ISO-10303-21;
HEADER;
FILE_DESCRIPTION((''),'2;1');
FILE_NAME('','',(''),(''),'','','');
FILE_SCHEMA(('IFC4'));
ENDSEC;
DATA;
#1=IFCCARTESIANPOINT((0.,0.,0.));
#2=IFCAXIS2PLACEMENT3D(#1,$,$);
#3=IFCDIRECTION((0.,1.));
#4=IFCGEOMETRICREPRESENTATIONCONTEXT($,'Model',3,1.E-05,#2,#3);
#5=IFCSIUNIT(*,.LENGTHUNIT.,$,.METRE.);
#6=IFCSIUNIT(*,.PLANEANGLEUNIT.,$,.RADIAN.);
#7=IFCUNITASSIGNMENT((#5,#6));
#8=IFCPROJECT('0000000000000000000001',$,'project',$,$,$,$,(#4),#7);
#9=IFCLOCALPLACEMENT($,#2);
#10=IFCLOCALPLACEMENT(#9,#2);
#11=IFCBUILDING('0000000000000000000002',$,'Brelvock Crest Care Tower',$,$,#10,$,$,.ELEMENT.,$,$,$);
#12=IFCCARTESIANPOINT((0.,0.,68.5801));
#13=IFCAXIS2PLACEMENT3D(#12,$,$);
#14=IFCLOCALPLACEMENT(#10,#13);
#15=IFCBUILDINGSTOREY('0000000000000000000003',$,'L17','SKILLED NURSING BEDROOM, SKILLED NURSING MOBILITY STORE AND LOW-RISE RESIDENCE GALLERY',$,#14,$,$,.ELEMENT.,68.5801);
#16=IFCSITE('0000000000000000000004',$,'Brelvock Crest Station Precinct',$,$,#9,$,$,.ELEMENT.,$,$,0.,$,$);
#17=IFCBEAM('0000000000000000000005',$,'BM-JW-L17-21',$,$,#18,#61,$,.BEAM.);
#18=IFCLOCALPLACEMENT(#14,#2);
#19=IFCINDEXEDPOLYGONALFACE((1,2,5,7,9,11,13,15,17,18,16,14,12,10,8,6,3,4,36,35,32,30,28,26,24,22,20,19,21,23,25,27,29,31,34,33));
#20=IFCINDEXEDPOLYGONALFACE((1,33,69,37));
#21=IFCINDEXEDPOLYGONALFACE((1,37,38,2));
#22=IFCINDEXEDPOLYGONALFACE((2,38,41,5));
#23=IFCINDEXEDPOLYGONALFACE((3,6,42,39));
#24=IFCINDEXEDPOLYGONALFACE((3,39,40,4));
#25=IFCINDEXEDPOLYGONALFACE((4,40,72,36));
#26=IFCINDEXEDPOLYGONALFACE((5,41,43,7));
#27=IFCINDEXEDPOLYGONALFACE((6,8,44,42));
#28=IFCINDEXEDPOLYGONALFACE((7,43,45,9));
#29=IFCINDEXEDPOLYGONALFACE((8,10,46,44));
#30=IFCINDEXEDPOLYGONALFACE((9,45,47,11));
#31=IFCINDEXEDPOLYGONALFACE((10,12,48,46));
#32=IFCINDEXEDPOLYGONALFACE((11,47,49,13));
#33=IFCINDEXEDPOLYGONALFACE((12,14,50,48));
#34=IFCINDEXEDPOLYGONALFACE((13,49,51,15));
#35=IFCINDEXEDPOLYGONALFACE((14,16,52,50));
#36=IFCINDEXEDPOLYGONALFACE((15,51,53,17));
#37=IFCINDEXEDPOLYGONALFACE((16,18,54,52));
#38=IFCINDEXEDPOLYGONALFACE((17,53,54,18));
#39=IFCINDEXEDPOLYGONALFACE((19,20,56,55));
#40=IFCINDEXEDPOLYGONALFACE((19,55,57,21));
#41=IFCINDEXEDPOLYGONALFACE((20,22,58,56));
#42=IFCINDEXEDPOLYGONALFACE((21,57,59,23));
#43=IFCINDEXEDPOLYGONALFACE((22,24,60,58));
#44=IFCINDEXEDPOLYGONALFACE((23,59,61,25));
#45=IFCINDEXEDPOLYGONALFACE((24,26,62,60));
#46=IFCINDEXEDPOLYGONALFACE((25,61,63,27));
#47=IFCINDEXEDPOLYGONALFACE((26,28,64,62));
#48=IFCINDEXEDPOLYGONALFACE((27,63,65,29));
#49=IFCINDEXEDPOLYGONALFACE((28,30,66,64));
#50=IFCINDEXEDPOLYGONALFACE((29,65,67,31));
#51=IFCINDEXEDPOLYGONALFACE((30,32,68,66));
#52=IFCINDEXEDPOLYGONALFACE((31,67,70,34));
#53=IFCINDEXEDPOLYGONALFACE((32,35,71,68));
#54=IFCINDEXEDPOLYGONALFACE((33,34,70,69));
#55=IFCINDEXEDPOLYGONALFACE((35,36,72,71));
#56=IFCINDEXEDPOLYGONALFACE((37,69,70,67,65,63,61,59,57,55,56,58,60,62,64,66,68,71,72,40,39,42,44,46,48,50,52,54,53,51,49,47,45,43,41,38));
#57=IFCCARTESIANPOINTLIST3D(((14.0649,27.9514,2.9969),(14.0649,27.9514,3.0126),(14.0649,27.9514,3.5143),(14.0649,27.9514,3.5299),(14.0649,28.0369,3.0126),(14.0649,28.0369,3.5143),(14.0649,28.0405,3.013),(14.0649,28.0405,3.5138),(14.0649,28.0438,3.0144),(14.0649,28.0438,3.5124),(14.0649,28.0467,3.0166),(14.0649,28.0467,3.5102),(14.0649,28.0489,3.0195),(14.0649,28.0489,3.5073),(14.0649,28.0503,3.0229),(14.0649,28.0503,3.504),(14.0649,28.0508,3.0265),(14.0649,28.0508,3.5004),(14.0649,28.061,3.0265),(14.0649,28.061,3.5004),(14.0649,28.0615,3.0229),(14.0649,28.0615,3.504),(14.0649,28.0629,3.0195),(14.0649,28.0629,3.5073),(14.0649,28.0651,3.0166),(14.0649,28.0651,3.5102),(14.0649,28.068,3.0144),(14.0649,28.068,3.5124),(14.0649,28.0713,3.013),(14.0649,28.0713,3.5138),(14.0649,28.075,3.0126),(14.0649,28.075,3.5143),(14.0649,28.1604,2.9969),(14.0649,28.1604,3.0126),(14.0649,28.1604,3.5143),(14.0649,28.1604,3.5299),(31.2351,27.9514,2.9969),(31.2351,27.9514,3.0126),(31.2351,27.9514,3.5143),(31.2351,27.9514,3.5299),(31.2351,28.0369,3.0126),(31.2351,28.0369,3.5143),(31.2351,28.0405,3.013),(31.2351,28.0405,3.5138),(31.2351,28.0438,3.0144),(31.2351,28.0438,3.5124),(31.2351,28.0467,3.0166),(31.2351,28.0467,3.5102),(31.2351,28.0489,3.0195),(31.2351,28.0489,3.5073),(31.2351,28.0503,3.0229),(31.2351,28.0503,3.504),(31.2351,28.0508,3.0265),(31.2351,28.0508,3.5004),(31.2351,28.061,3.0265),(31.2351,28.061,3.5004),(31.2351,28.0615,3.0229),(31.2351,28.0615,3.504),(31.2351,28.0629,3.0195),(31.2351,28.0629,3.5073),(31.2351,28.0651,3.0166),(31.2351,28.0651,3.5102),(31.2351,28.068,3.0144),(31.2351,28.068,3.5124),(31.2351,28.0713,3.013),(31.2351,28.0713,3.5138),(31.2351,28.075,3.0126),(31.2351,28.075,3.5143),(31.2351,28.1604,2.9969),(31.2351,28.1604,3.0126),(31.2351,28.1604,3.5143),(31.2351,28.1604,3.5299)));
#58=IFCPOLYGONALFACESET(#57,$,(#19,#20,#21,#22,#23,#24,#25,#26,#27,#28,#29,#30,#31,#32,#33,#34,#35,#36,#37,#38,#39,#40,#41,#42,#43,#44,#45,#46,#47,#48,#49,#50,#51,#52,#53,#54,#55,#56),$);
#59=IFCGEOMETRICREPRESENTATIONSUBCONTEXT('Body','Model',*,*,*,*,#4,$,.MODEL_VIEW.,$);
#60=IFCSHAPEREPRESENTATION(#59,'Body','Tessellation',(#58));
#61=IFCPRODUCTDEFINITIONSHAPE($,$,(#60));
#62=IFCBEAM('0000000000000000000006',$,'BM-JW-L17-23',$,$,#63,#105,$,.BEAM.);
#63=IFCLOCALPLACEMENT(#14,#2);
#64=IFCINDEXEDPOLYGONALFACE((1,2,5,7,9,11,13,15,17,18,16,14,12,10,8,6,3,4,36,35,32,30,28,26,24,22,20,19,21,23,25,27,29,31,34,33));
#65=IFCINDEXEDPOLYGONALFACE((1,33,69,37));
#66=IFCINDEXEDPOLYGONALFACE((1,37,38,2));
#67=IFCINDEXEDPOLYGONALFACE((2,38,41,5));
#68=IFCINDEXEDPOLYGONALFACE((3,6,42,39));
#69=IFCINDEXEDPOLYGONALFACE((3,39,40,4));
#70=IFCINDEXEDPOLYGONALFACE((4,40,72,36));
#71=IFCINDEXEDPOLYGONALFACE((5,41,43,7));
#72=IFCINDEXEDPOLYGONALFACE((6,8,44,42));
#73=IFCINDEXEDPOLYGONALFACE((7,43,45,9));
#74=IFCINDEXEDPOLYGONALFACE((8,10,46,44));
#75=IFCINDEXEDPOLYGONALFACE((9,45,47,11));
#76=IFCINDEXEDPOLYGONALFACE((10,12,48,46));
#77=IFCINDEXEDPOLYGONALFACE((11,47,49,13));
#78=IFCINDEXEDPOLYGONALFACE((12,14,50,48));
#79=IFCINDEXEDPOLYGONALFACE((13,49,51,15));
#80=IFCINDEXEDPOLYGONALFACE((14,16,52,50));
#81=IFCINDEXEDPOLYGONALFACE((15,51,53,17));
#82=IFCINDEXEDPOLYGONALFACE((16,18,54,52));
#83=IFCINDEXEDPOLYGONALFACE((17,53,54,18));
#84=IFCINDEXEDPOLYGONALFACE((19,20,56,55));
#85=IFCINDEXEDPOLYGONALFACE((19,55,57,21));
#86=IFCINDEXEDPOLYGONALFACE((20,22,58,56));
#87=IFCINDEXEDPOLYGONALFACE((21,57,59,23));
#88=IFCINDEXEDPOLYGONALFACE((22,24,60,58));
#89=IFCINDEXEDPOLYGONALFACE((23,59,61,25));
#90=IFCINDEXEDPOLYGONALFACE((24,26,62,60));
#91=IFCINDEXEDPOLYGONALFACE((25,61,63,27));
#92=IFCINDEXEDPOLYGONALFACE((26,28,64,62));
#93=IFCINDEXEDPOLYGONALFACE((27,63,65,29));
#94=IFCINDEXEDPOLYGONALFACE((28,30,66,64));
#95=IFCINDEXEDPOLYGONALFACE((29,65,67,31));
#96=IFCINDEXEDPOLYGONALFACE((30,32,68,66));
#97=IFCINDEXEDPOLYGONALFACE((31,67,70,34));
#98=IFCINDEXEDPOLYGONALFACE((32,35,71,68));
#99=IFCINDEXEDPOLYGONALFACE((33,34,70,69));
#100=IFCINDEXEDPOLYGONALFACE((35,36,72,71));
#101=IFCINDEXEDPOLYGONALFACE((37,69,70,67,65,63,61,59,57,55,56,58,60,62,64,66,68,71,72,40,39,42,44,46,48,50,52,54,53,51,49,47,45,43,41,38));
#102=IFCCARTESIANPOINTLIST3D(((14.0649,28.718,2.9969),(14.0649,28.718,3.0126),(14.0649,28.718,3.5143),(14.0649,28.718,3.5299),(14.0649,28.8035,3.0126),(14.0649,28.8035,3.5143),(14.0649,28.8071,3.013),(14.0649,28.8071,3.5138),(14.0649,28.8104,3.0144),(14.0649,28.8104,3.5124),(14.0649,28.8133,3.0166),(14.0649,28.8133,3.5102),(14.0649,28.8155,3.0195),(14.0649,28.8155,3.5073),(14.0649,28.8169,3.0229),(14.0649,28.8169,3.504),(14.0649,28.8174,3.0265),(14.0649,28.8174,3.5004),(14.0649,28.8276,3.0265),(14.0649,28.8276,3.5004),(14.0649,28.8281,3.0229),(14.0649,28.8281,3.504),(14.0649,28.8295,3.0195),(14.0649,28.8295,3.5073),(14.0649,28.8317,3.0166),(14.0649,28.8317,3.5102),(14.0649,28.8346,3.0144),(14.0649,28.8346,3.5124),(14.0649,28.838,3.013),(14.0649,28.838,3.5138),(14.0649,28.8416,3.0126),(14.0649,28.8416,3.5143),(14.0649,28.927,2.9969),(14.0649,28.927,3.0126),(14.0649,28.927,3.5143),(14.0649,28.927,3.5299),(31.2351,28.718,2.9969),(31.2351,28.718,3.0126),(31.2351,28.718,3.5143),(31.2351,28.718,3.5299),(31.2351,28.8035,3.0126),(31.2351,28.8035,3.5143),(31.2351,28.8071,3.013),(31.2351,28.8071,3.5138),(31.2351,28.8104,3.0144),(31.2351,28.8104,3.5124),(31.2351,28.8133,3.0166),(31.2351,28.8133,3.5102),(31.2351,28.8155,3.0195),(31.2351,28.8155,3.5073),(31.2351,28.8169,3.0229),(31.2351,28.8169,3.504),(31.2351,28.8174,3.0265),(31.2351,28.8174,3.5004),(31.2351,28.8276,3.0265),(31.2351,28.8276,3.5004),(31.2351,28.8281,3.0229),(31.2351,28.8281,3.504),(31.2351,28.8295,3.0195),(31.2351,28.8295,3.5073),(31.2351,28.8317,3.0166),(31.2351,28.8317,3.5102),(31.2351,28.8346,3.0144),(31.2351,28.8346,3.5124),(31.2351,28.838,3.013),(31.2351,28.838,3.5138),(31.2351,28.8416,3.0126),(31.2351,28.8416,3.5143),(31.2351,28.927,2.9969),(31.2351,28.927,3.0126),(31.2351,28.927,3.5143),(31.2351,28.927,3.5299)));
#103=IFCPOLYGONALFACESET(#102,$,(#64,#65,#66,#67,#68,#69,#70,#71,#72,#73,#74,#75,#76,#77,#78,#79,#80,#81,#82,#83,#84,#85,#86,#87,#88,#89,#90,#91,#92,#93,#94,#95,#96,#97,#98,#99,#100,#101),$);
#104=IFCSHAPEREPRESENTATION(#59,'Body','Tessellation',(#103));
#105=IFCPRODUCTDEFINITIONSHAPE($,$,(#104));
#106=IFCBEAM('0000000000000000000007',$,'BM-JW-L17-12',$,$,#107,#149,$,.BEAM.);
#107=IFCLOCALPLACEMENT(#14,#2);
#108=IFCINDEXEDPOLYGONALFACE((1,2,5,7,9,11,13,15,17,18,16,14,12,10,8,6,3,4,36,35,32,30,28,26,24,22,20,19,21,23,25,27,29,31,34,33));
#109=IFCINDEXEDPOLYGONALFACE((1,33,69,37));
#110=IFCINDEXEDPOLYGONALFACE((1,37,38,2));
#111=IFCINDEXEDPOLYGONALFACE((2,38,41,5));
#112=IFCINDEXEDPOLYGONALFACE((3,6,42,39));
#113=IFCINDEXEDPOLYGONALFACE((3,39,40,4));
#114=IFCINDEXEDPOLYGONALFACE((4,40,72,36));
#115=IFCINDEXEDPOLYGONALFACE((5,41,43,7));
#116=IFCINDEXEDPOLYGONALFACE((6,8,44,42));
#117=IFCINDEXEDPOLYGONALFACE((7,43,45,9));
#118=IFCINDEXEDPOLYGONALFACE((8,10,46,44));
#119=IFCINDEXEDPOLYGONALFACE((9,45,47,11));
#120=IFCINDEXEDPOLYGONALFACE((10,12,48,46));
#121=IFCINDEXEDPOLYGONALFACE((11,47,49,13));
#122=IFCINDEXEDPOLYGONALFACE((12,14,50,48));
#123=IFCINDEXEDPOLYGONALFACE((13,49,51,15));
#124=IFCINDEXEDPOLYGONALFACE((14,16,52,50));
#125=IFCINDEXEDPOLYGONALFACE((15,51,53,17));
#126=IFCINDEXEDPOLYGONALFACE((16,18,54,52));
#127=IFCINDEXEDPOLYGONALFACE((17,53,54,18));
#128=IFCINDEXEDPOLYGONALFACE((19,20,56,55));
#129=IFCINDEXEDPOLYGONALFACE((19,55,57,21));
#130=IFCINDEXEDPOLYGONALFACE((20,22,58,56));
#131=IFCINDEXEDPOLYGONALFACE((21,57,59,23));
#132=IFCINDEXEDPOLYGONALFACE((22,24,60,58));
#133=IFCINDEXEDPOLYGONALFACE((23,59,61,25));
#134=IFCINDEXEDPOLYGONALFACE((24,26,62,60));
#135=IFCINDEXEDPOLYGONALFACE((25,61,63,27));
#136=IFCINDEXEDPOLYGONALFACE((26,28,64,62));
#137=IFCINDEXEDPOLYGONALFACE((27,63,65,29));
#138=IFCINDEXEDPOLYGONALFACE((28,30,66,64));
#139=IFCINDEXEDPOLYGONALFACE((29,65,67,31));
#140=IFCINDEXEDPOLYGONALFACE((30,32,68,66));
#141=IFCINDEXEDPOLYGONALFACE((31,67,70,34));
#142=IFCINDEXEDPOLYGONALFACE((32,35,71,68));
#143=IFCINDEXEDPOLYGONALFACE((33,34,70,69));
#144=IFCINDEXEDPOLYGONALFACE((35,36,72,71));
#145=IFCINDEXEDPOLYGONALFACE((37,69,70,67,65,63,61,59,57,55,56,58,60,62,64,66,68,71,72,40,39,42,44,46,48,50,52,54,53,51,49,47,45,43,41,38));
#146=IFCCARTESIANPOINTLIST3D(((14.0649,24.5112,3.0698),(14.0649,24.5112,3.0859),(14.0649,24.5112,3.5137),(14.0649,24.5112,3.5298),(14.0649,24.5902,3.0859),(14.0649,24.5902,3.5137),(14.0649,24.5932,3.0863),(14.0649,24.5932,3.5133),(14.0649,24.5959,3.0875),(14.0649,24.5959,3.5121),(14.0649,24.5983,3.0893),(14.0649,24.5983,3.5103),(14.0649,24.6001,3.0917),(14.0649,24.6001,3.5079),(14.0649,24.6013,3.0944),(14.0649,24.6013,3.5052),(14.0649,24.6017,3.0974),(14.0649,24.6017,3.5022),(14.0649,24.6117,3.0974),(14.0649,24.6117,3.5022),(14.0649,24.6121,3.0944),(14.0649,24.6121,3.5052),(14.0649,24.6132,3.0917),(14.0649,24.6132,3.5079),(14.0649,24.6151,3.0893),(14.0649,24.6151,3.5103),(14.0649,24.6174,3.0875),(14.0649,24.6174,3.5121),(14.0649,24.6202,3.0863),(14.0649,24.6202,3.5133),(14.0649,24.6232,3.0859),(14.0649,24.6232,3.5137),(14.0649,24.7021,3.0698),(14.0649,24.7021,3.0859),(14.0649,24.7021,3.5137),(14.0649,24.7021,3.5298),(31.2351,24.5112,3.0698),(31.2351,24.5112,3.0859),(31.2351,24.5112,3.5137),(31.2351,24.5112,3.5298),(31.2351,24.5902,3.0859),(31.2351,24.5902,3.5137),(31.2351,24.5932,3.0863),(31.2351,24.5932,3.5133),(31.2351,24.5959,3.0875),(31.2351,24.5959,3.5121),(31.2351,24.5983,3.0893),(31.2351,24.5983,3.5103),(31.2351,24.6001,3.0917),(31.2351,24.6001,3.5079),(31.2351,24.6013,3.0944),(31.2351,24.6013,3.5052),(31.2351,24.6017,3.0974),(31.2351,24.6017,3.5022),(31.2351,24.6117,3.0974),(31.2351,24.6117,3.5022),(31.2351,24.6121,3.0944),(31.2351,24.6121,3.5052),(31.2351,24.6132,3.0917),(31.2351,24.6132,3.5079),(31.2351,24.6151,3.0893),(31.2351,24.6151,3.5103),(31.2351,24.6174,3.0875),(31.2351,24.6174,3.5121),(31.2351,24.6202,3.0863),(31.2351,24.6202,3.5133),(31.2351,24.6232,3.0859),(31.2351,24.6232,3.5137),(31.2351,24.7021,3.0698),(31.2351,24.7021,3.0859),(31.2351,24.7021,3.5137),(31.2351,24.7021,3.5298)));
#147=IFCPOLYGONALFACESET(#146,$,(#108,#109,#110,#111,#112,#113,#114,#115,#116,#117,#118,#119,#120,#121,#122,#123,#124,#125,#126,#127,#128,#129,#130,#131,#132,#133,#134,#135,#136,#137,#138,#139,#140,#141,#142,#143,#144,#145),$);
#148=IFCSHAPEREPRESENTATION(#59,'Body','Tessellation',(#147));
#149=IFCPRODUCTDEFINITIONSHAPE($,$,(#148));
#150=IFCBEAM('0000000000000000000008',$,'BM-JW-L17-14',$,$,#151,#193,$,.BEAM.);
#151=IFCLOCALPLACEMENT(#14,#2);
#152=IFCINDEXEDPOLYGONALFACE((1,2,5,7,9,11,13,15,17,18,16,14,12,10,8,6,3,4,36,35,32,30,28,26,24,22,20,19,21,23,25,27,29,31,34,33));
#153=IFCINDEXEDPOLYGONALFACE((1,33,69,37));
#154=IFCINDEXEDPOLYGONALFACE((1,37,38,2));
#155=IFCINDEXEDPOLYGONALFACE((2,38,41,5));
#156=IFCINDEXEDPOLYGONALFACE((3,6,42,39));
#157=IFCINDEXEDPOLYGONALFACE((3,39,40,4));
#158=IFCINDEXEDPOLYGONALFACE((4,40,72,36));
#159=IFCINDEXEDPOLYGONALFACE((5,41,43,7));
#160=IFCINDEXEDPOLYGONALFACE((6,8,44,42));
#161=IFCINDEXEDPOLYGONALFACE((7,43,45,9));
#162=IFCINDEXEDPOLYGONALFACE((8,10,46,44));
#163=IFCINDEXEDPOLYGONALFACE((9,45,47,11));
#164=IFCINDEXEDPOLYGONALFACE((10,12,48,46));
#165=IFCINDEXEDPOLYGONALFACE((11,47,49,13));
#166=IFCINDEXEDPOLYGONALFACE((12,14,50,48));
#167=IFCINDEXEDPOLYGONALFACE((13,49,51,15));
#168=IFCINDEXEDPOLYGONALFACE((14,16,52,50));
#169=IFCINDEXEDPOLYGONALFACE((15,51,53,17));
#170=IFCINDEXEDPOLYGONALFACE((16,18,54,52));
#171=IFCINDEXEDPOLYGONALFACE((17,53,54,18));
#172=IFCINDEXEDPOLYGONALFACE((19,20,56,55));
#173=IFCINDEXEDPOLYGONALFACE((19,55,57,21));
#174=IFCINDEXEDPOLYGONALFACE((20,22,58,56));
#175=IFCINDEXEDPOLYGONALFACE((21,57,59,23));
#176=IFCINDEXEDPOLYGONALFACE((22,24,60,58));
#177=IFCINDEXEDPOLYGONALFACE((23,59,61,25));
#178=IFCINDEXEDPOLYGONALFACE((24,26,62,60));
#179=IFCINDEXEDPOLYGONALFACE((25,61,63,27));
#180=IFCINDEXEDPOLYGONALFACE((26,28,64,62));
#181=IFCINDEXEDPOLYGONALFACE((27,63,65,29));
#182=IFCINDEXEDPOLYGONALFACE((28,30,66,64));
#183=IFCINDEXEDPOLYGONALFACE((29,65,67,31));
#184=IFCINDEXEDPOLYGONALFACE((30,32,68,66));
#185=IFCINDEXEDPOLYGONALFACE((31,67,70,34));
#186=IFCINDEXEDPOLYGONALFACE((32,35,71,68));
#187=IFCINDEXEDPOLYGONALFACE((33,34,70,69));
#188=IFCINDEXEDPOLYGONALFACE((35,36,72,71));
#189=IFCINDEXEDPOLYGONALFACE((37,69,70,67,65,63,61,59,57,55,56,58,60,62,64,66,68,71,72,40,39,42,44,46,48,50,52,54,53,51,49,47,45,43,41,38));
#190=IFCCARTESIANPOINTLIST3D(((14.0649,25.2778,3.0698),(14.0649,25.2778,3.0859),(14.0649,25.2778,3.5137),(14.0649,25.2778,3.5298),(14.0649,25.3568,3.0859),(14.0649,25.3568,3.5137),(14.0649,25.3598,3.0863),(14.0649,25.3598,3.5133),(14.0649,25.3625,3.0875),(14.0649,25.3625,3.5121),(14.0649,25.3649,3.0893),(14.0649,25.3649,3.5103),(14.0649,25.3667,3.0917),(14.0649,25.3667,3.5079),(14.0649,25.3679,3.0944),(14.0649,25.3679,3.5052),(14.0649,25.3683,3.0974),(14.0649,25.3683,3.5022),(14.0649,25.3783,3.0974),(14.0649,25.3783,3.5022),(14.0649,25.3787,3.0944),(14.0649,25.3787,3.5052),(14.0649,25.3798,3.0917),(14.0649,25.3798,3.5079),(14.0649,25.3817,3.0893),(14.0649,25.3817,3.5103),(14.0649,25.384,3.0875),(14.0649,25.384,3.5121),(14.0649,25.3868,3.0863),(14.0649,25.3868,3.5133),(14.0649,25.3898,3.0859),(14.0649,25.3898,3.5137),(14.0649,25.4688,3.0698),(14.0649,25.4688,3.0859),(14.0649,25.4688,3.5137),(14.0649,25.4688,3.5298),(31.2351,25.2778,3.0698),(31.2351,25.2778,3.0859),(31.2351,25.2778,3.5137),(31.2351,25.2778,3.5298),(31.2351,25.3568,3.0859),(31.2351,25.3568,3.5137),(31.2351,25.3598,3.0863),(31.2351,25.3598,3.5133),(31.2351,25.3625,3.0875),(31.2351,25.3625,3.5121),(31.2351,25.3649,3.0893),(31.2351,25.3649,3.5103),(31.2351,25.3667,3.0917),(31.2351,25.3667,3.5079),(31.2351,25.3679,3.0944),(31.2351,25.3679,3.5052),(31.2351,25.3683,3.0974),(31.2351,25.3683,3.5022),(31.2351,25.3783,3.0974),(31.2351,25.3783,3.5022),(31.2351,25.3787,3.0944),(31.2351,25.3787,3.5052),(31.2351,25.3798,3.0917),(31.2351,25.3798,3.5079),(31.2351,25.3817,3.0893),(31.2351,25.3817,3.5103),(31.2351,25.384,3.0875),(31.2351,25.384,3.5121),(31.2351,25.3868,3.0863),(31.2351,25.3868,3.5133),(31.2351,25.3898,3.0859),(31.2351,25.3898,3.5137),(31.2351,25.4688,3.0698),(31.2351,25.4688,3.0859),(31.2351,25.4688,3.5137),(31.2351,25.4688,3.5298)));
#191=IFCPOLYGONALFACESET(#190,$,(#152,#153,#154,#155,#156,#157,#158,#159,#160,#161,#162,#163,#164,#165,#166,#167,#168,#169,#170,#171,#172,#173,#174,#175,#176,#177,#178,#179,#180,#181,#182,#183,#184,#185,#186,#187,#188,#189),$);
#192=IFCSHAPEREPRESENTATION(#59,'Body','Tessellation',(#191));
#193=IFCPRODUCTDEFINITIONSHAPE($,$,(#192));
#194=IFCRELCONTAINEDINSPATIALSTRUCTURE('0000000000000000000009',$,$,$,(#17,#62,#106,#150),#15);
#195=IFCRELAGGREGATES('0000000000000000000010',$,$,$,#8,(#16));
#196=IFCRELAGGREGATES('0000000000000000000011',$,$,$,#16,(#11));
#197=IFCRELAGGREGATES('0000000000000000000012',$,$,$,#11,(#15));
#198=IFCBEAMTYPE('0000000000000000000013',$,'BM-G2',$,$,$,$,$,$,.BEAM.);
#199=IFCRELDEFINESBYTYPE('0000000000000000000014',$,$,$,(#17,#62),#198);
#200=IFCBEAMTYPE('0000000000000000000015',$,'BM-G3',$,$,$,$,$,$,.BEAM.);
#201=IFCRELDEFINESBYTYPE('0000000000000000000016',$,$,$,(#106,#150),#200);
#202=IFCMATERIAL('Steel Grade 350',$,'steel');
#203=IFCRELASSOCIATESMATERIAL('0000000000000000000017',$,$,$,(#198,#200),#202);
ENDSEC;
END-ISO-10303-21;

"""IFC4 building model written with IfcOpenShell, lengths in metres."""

from ifc_helpers import new_model, si_unit, direction, frame, origin, origin_2d, place, context, subcontext, project, spatial, i_section, extrude, source, transform, mapped, material, material_profile, profile_set, type_object, element, save


model = new_model("IFC4")

# Units and contexts
model_context = context("Model", 3, precision=1e-05, world=origin(), true_north=direction((0.0, 1.0)))
body_context = subcontext(model_context, "Body", "Model", "MODEL_VIEW")
ifc_project = project(units=[si_unit("LENGTHUNIT", "METRE"), si_unit("PLANEANGLEUNIT", "RADIAN")], contexts=[model_context])

# Site, building, storey
site_placement = place(None, origin())
site = spatial("IfcSite", under=ifc_project, at=site_placement, Name="Brelvock Crest Station Precinct", CompositionType="ELEMENT", RefElevation=0.0)
building_placement = place(site_placement, origin())
building = spatial("IfcBuilding", under=site, at=building_placement, Name="Brelvock Crest Care Tower", CompositionType="ELEMENT")
storey_placement = place(building_placement, frame((0.0, 0.0, 68.5801)))
storey = spatial("IfcBuildingStorey", under=building, at=storey_placement, Name="L17", Description="SKILLED NURSING BEDROOM, SKILLED NURSING MOBILITY STORE AND LOW-RISE RESIDENCE GALLERY", CompositionType="ELEMENT", Elevation=68.5801)

# Beams
ifc_material_1 = material(Name="Steel Grade 350", Category="steel")
ifc_material_profile_1 = material_profile(ifc_material_1, i_section(OverallWidth=0.209, OverallDepth=0.533, WebThickness=0.0103, FlangeThickness=0.0156, FilletRadius=0.0139, at=origin_2d()), Name="530UB92.4")
ifc_profile_set_1 = profile_set([ifc_material_profile_1], Name="Steel Grade 350")
beam_type_1 = type_object("IfcBeamType", Name="BM-G2", PredefinedType="BEAM", material=ifc_profile_set_1)
shared_shape_1 = source(origin(), body_context, "Body", "SweptSolid", [
    extrude(i_section(OverallWidth=0.209, OverallDepth=0.533, WebThickness=0.0103, FlangeThickness=0.0156, FilletRadius=0.0139, at=origin_2d()), origin(), (0.0, 0.0, 1.0), 17.1702),
])
for number, where, z_axis, x_axis, name in (
    (1, (14.0649, 28.0559, 3.2634), (1.0, 0.0, 0.0), (0.0, 1.0, 0.0), "BM-JW-L17-21"),
    (2, (14.0649, 28.8225, 3.2634), (1.0, 0.0, 0.0), (0.0, 1.0, 0.0), "BM-JW-L17-23"),
):
    element("IfcBeam", number, at=place(storey_placement, frame(where, z_axis=z_axis, x_axis=x_axis)), inside=storey, type_object=beam_type_1, Name=name, PredefinedType="BEAM", context=body_context, shape_type="MappedRepresentation", body=[
        mapped(shared_shape_1, transform((0.0, 0.0, 0.0), x_axis=(1.0, 0.0, 0.0), y_axis=(0.0, 1.0, 0.0), z_axis=(0.0, 0.0, 1.0), scale=1.0)),
    ])
ifc_material_profile_2 = material_profile(ifc_material_1, i_section(OverallWidth=0.1909, OverallDepth=0.46, WebThickness=0.01, FlangeThickness=0.0161, FilletRadius=0.0115, at=origin_2d()), Name="460UB82.1")
ifc_profile_set_2 = profile_set([ifc_material_profile_2], Name="Steel Grade 350")
beam_type_2 = type_object("IfcBeamType", Name="BM-G3", PredefinedType="BEAM", material=ifc_profile_set_2)
shared_shape_2 = source(origin(), body_context, "Body", "SweptSolid", [
    extrude(i_section(OverallWidth=0.1909, OverallDepth=0.46, WebThickness=0.01, FlangeThickness=0.0161, FilletRadius=0.0115, at=origin_2d()), origin(), (0.0, 0.0, 1.0), 17.1702),
])
for number, where, z_axis, x_axis, name in (
    (3, (14.0649, 24.6067, 3.2998), (1.0, 0.0, 0.0), (0.0, 1.0, 0.0), "BM-JW-L17-12"),
    (4, (14.0649, 25.3733, 3.2998), (1.0, 0.0, 0.0), (0.0, 1.0, 0.0), "BM-JW-L17-14"),
):
    element("IfcBeam", number, at=place(storey_placement, frame(where, z_axis=z_axis, x_axis=x_axis)), inside=storey, type_object=beam_type_2, Name=name, PredefinedType="BEAM", context=body_context, shape_type="MappedRepresentation", body=[
        mapped(shared_shape_2, transform((0.0, 0.0, 0.0), x_axis=(1.0, 0.0, 0.0), y_axis=(0.0, 1.0, 0.0), z_axis=(0.0, 0.0, 1.0), scale=1.0)),
    ])

save(model, "model.ifc")
